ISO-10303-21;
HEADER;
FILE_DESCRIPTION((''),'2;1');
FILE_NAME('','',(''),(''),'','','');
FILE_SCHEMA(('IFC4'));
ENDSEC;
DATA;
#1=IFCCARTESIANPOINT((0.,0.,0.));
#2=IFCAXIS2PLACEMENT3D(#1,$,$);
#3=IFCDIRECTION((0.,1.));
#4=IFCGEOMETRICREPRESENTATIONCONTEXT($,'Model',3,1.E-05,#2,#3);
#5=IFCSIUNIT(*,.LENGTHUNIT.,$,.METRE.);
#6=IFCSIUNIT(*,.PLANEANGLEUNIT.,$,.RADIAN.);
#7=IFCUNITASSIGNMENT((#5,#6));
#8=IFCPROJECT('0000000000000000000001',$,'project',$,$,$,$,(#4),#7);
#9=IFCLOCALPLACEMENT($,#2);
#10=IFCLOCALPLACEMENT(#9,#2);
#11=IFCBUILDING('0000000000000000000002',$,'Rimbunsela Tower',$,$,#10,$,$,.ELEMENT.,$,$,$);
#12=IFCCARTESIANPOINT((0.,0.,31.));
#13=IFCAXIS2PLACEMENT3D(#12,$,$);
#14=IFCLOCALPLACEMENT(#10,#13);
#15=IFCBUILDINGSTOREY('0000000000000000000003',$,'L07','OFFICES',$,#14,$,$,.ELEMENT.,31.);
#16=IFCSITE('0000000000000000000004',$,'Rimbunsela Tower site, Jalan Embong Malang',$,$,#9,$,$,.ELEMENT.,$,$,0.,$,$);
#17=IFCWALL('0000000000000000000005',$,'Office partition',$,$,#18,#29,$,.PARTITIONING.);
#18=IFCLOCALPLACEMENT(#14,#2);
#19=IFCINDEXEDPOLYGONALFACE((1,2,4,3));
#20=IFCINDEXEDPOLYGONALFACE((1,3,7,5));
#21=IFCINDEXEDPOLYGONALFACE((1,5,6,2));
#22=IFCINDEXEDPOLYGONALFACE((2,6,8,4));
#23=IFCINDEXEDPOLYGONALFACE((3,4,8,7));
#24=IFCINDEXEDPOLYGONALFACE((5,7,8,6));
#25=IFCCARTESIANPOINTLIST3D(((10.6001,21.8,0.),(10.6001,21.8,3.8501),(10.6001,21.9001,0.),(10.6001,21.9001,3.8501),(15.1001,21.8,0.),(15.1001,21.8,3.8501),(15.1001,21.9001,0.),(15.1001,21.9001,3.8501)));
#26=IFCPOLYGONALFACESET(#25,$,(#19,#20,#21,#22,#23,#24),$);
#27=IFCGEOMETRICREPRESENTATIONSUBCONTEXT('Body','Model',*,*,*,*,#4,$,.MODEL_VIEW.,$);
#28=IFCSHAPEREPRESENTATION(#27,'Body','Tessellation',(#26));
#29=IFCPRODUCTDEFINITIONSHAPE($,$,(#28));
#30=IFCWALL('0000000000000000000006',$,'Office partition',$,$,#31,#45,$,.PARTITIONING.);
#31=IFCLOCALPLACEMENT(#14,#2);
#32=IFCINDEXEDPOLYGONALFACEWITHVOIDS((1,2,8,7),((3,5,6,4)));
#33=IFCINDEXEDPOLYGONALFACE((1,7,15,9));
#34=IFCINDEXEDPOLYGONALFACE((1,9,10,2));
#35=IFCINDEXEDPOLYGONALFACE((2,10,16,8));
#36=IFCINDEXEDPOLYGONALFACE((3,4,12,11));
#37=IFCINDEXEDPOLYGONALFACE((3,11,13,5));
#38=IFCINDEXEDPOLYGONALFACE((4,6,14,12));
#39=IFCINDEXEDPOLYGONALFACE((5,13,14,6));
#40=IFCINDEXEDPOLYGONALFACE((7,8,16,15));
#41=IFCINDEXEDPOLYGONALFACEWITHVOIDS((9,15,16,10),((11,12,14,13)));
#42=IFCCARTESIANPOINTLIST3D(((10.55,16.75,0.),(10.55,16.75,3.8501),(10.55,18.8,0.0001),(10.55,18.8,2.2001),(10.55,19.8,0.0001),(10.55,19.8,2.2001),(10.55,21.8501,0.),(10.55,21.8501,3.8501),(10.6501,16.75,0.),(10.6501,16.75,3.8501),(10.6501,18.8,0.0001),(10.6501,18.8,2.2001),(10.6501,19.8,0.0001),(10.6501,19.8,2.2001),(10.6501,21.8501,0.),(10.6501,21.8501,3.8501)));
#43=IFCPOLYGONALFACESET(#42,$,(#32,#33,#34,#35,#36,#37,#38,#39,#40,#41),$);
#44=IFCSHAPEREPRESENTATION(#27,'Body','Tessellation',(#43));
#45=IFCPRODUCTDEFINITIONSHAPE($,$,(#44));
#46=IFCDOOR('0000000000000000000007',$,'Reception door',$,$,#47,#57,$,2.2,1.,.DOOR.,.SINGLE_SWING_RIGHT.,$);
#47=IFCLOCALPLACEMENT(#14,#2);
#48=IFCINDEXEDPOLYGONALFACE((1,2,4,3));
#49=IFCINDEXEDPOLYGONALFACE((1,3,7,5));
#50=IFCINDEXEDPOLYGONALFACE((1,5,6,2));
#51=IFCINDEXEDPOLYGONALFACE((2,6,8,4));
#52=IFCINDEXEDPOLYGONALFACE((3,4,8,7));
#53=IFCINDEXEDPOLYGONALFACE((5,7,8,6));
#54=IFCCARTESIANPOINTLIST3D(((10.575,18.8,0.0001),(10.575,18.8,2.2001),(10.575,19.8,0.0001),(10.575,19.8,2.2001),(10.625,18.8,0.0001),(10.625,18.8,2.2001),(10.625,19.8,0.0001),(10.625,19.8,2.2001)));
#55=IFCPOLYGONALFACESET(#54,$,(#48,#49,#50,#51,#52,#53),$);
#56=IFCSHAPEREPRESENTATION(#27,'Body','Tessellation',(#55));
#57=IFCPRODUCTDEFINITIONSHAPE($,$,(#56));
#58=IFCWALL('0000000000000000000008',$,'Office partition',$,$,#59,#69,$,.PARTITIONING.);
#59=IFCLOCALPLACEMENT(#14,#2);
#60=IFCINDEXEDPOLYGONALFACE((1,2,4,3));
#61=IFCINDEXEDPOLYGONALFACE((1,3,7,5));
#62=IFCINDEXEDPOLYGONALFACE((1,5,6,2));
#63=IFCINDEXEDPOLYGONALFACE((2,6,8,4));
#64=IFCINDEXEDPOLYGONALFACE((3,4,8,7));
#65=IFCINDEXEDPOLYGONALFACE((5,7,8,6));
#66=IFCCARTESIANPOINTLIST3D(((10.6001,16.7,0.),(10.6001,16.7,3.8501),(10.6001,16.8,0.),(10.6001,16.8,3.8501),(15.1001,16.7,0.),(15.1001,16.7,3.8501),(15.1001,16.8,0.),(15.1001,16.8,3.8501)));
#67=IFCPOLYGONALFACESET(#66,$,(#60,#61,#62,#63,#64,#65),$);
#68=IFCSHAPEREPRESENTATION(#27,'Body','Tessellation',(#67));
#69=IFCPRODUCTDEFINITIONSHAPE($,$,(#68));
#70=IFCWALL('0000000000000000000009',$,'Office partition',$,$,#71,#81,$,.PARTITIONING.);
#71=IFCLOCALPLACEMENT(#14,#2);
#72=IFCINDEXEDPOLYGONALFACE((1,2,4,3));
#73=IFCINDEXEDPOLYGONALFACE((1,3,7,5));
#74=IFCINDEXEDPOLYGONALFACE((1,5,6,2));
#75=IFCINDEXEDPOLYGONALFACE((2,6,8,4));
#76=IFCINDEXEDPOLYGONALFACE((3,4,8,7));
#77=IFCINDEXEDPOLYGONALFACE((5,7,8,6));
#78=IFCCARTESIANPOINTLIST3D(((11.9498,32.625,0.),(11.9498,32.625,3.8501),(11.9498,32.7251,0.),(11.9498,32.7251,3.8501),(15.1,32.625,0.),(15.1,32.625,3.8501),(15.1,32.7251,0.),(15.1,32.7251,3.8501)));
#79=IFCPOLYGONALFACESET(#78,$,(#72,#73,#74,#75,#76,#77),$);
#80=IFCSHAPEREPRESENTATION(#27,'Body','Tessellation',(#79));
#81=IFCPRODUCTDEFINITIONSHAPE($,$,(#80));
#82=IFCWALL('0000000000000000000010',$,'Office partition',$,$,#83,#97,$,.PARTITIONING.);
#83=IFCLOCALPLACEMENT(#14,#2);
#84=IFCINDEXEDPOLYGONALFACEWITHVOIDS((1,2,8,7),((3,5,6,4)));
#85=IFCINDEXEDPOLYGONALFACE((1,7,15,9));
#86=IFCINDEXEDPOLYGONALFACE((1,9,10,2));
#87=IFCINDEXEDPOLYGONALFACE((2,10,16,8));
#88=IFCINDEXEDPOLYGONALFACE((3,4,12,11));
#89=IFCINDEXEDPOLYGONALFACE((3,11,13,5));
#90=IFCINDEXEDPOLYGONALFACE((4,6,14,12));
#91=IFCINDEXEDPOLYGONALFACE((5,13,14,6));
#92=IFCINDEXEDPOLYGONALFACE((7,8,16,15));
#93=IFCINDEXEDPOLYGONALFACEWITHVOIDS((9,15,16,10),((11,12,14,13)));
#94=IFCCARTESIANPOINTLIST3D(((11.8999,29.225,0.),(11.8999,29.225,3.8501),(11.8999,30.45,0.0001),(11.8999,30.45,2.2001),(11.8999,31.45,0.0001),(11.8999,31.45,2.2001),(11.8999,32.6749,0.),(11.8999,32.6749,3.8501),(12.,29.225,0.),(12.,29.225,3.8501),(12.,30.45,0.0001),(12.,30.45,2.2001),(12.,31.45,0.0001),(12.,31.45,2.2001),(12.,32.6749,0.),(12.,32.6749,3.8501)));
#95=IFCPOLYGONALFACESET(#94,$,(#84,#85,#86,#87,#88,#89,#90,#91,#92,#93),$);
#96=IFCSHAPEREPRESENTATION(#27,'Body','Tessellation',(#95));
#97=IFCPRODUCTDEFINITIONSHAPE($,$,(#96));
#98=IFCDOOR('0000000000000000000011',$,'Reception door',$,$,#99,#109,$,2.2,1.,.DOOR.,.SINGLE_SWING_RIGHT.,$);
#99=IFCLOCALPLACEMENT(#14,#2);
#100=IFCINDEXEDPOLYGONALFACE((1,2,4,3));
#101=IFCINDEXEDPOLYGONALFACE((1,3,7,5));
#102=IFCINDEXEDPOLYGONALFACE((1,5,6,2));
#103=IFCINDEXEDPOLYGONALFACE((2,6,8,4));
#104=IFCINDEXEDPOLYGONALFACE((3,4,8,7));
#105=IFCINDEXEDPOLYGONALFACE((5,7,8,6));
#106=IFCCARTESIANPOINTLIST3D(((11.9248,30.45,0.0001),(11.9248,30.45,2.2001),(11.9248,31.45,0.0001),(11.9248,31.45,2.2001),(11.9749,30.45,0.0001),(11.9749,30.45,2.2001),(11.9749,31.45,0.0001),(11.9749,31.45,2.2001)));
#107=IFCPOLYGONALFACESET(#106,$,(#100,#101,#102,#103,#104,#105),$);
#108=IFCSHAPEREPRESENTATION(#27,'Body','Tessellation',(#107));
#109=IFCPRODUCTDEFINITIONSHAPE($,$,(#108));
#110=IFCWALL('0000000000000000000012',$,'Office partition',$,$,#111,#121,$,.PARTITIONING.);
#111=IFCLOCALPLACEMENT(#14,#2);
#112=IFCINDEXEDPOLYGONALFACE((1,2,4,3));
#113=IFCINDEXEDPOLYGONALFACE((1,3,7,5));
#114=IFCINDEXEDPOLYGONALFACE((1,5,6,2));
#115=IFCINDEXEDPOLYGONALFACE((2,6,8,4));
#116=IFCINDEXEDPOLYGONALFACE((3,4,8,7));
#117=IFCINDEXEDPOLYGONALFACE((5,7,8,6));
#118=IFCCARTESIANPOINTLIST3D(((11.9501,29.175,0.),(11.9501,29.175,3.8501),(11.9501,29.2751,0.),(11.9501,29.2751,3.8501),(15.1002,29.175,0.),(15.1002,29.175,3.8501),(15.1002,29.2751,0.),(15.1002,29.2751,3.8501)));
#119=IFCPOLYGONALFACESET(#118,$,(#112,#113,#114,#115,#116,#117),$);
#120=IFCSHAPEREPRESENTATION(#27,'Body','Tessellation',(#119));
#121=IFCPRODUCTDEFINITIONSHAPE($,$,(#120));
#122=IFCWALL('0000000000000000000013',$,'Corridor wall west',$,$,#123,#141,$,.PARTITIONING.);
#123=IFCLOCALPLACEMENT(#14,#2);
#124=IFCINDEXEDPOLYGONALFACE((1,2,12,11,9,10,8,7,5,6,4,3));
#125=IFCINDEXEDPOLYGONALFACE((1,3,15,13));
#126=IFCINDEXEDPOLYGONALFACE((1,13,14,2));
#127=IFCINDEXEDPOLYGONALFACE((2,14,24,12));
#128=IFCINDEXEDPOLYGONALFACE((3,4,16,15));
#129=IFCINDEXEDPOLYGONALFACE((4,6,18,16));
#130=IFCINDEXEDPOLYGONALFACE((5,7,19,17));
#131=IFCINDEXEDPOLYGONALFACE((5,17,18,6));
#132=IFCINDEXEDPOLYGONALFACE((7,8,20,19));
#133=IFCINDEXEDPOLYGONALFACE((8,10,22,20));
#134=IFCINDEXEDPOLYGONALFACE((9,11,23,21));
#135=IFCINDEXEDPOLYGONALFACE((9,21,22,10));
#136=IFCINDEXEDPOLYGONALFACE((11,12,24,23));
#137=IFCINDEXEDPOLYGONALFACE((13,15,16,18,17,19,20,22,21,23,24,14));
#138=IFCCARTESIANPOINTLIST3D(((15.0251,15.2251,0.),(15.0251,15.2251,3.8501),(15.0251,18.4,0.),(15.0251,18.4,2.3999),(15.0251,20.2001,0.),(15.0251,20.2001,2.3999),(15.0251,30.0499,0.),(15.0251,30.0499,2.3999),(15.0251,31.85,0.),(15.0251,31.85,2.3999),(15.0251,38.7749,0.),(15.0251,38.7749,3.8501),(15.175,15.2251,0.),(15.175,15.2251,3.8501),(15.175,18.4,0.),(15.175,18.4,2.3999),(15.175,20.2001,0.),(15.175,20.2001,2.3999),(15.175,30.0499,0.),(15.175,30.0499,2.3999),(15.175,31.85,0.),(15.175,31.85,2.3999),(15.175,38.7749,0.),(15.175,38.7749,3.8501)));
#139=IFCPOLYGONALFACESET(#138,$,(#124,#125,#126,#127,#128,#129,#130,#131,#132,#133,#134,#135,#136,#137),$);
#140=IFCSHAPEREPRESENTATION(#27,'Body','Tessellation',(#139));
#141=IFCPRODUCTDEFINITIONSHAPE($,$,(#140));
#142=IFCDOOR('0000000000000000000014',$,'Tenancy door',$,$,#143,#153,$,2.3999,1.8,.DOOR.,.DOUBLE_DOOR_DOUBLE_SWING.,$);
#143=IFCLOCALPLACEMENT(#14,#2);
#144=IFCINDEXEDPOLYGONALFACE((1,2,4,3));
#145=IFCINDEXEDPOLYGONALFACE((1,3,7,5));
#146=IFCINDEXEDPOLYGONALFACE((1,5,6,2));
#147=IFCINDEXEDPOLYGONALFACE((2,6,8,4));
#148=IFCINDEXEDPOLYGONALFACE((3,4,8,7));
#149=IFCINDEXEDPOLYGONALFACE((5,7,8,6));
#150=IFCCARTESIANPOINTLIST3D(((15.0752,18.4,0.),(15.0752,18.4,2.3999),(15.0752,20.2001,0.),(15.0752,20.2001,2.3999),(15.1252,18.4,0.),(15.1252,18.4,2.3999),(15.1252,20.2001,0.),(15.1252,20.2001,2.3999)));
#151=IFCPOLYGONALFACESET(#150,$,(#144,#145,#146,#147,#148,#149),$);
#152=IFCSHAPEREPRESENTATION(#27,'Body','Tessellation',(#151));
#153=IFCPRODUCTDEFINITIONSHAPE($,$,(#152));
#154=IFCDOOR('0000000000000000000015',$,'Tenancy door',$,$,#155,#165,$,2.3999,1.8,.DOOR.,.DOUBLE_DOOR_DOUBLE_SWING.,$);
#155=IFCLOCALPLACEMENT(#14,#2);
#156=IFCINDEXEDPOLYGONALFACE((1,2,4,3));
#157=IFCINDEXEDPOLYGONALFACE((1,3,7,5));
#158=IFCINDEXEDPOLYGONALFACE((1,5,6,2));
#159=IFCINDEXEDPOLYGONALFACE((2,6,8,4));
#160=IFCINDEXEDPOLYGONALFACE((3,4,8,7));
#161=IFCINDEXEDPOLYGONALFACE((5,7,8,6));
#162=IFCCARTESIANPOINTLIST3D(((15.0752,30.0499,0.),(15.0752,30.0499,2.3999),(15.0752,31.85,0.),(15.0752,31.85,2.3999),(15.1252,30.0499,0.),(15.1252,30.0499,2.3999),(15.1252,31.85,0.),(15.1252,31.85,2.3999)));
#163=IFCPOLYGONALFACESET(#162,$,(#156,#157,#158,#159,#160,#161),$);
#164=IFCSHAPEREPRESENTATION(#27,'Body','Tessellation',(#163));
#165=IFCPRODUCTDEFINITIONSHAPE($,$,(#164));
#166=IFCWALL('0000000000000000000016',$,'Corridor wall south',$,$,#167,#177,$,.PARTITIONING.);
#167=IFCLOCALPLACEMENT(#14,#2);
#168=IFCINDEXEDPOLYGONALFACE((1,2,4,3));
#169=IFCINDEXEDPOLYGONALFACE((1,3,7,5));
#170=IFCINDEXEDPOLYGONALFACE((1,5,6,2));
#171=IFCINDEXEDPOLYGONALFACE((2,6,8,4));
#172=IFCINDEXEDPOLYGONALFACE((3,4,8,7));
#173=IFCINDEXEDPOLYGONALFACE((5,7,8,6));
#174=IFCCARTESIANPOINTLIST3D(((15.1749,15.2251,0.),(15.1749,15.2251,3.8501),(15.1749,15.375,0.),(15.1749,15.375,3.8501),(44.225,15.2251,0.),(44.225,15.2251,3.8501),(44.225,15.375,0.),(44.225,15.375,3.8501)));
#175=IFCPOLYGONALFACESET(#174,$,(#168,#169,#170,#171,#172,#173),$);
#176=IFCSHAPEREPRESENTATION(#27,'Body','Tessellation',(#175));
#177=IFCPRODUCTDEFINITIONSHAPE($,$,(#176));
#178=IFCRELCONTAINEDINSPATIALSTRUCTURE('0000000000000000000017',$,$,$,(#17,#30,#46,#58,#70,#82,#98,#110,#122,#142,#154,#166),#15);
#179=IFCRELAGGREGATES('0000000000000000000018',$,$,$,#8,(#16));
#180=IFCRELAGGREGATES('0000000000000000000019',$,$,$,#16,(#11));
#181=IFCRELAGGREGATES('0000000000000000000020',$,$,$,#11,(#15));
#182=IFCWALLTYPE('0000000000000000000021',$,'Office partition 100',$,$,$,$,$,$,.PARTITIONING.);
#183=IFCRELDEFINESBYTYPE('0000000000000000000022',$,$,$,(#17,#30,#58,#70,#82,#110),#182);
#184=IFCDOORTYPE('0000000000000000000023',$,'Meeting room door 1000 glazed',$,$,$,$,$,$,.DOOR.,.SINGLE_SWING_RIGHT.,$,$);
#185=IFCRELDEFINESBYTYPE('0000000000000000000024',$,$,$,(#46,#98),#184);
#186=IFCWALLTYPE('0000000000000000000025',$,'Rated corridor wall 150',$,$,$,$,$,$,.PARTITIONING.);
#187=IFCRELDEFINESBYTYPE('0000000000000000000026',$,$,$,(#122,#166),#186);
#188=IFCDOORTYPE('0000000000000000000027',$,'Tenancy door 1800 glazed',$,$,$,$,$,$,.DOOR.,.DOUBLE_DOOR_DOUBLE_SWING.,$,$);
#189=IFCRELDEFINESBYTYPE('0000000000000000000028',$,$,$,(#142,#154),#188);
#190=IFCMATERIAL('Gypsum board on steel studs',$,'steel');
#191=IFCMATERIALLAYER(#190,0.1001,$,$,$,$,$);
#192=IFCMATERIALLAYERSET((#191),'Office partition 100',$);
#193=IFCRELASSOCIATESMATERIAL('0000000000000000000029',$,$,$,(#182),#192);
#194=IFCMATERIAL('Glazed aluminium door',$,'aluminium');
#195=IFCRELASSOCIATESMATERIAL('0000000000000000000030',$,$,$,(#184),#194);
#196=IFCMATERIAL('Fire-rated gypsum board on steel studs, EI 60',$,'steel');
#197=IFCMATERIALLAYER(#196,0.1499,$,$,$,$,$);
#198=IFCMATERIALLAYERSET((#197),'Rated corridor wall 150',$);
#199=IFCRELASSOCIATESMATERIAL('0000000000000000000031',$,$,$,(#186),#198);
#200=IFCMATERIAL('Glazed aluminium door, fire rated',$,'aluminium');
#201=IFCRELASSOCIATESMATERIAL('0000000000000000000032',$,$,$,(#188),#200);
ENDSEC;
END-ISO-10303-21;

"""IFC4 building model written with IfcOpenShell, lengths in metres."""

from ifc_helpers import new_model, si_unit, direction, frame, frame_2d, origin, place, context, subcontext, project, spatial, rectangle, extrude, material, layer, layer_set, type_object, element, fill, save


model = new_model("IFC4")

# Units and contexts
model_context = context("Model", 3, precision=1e-05, world=origin(), true_north=direction((0.0, 1.0)))
body_context = subcontext(model_context, "Body", "Model", "MODEL_VIEW")
ifc_project = project(units=[si_unit("LENGTHUNIT", "METRE"), si_unit("PLANEANGLEUNIT", "RADIAN")], contexts=[model_context])

# Site, building, storey
site_placement = place(None, origin())
site = spatial("IfcSite", under=ifc_project, at=site_placement, Name="Rimbunsela Tower site, Jalan Embong Malang", CompositionType="ELEMENT", RefElevation=0.0)
building_placement = place(site_placement, origin())
building = spatial("IfcBuilding", under=site, at=building_placement, Name="Rimbunsela Tower", CompositionType="ELEMENT")
storey_placement = place(building_placement, frame((0.0, 0.0, 31.0)))
storey = spatial("IfcBuildingStorey", under=building, at=storey_placement, Name="L07", Description="OFFICES", CompositionType="ELEMENT", Elevation=31.0)

# Wall
ifc_material_1 = material(Name="Gypsum board on steel studs", Category="steel")
ifc_layer_1 = layer(ifc_material_1, 0.1001)
ifc_layer_set_1 = layer_set([ifc_layer_1], Name="Office partition 100")
wall_type_1 = type_object("IfcWallType", Name="Office partition 100", PredefinedType="PARTITIONING", material=ifc_layer_set_1)
wall_1_placement = place(storey_placement, frame((15.1001, 21.8501, 0.0), z_axis=(0.0, 0.0, 1.0), x_axis=(-1.0, 0.0, 0.0)))
element("IfcWall", 1, at=wall_1_placement, inside=storey, type_object=wall_type_1, Name="Office partition", PredefinedType="PARTITIONING", context=body_context, shape_type="SweptSolid", body=[
    extrude(rectangle(XDim=4.5, YDim=0.1001, at=frame_2d((2.25, 0.0))), origin(), (0.0, 0.0, 1.0), 3.8501),
])

# Wall, opening, door
wall_2_placement = place(storey_placement, frame((10.6001, 21.8501, 0.0), z_axis=(0.0, 0.0, 1.0), x_axis=(0.0, -1.0, 0.0)))
wall_2 = element("IfcWall", 2, at=wall_2_placement, inside=storey, type_object=wall_type_1, Name="Office partition", PredefinedType="PARTITIONING", context=body_context, shape_type="SweptSolid", body=[
    extrude(rectangle(XDim=5.1001, YDim=0.1001, at=frame_2d((2.55, 0.0))), origin(), (0.0, 0.0, 1.0), 3.8501),
])
opening_1_placement = place(wall_2_placement, frame((2.05, 0.0, 0.0)))
opening_1 = element("IfcOpeningElement", 3, at=opening_1_placement, cuts=wall_2, PredefinedType="OPENING", context=body_context, shape_type="SweptSolid", body=[
    extrude(rectangle(XDim=1.0, YDim=2.2, at=frame_2d((0.5, 1.1001))), frame((0.0, 0.0601, 0.0), z_axis=(0.0, -1.0, 0.0), x_axis=(1.0, 0.0, 0.0)), (0.0, 0.0, 1.0), 0.1201),
])
ifc_material_2 = material(Name="Glazed aluminium door", Category="aluminium")
door_type_1 = type_object("IfcDoorType", Name="Meeting room door 1000 glazed", OperationType="SINGLE_SWING_RIGHT", PredefinedType="DOOR", material=ifc_material_2)
door_1_placement = place(opening_1_placement, origin())
door_1 = element("IfcDoor", 4, at=door_1_placement, inside=storey, type_object=door_type_1, Name="Reception door", OperationType="SINGLE_SWING_RIGHT", OverallHeight=2.2, OverallWidth=1.0, PredefinedType="DOOR", context=body_context, shape_type="SweptSolid", body=[
    extrude(rectangle(XDim=1.0, YDim=2.2, at=frame_2d((0.5, 1.1001))), frame((0.0, 0.0249, 0.0), z_axis=(0.0, -1.0, 0.0), x_axis=(1.0, 0.0, 0.0)), (0.0, 0.0, 1.0), 0.05),
])
fill(opening_1, door_1)

# Walls
wall_3_placement = place(storey_placement, frame((10.6001, 16.75, 0.0), z_axis=(0.0, 0.0, 1.0), x_axis=(1.0, 0.0, 0.0)))
element("IfcWall", 5, at=wall_3_placement, inside=storey, type_object=wall_type_1, Name="Office partition", PredefinedType="PARTITIONING", context=body_context, shape_type="SweptSolid", body=[
    extrude(rectangle(XDim=4.5, YDim=0.1001, at=frame_2d((2.25, 0.0))), origin(), (0.0, 0.0, 1.0), 3.8501),
])
wall_4_placement = place(storey_placement, frame((15.1001, 32.675, 0.0), z_axis=(0.0, 0.0, 1.0), x_axis=(-1.0, 0.0, 0.0)))
element("IfcWall", 6, at=wall_4_placement, inside=storey, type_object=wall_type_1, Name="Office partition", PredefinedType="PARTITIONING", context=body_context, shape_type="SweptSolid", body=[
    extrude(rectangle(XDim=3.1501, YDim=0.1001, at=frame_2d((1.5752, 0.0))), origin(), (0.0, 0.0, 1.0), 3.8501),
])

# Wall, opening, door
wall_5_placement = place(storey_placement, frame((11.95, 32.675, 0.0), z_axis=(0.0, 0.0, 1.0), x_axis=(0.0, -1.0, 0.0)))
wall_5 = element("IfcWall", 7, at=wall_5_placement, inside=storey, type_object=wall_type_1, Name="Office partition", PredefinedType="PARTITIONING", context=body_context, shape_type="SweptSolid", body=[
    extrude(rectangle(XDim=3.45, YDim=0.1001, at=frame_2d((1.7251, 0.0))), origin(), (0.0, 0.0, 1.0), 3.8501),
])
opening_2_placement = place(wall_5_placement, frame((1.2251, 0.0, 0.0)))
opening_2 = element("IfcOpeningElement", 8, at=opening_2_placement, cuts=wall_5, PredefinedType="OPENING", context=body_context, shape_type="SweptSolid", body=[
    extrude(rectangle(XDim=1.0, YDim=2.2, at=frame_2d((0.5, 1.1001))), frame((0.0, 0.0601, 0.0), z_axis=(0.0, -1.0, 0.0), x_axis=(1.0, 0.0, 0.0)), (0.0, 0.0, 1.0), 0.1201),
])
door_2_placement = place(opening_2_placement, origin())
door_2 = element("IfcDoor", 9, at=door_2_placement, inside=storey, type_object=door_type_1, Name="Reception door", OperationType="SINGLE_SWING_RIGHT", OverallHeight=2.2, OverallWidth=1.0, PredefinedType="DOOR", context=body_context, shape_type="SweptSolid", body=[
    extrude(rectangle(XDim=1.0, YDim=2.2, at=frame_2d((0.5, 1.1001))), frame((0.0, 0.0249, 0.0), z_axis=(0.0, -1.0, 0.0), x_axis=(1.0, 0.0, 0.0)), (0.0, 0.0, 1.0), 0.05),
])
fill(opening_2, door_2)

# Wall
wall_6_placement = place(storey_placement, frame((11.95, 29.2251, 0.0), z_axis=(0.0, 0.0, 1.0), x_axis=(1.0, 0.0, 0.0)))
element("IfcWall", 10, at=wall_6_placement, inside=storey, type_object=wall_type_1, Name="Office partition", PredefinedType="PARTITIONING", context=body_context, shape_type="SweptSolid", body=[
    extrude(rectangle(XDim=3.1501, YDim=0.1001, at=frame_2d((1.5752, 0.0))), origin(), (0.0, 0.0, 1.0), 3.8501),
])

# Wall, openings, doors
ifc_material_3 = material(Name="Fire-rated gypsum board on steel studs, EI 60", Category="steel")
ifc_layer_2 = layer(ifc_material_3, 0.1499)
ifc_layer_set_2 = layer_set([ifc_layer_2], Name="Rated corridor wall 150")
wall_type_2 = type_object("IfcWallType", Name="Rated corridor wall 150", PredefinedType="PARTITIONING", material=ifc_layer_set_2)
wall_7_placement = place(storey_placement, frame((15.1001, 15.2251, 0.0), z_axis=(0.0, 0.0, 1.0), x_axis=(0.0, 1.0, 0.0)))
wall_7 = element("IfcWall", 11, at=wall_7_placement, inside=storey, type_object=wall_type_2, Name="Corridor wall west", PredefinedType="PARTITIONING", context=body_context, shape_type="SweptSolid", body=[
    extrude(rectangle(XDim=23.5498, YDim=0.1499, at=frame_2d((11.7749, 0.0))), origin(), (0.0, 0.0, 1.0), 3.8501),
])
opening_3_placement = place(wall_7_placement, frame((3.175, 0.0, 0.0)))
opening_3 = element("IfcOpeningElement", 12, at=opening_3_placement, cuts=wall_7, PredefinedType="OPENING", context=body_context, shape_type="SweptSolid", body=[
    extrude(rectangle(XDim=1.8, YDim=2.3999, at=frame_2d((0.8999, 1.2))), frame((0.0, 0.085, 0.0), z_axis=(0.0, -1.0, 0.0), x_axis=(1.0, 0.0, 0.0)), (0.0, 0.0, 1.0), 0.1699),
])
opening_4_placement = place(wall_7_placement, frame((14.825, 0.0, 0.0)))
opening_4 = element("IfcOpeningElement", 13, at=opening_4_placement, cuts=wall_7, PredefinedType="OPENING", context=body_context, shape_type="SweptSolid", body=[
    extrude(rectangle(XDim=1.8, YDim=2.3999, at=frame_2d((0.8999, 1.2))), frame((0.0, 0.085, 0.0), z_axis=(0.0, -1.0, 0.0), x_axis=(1.0, 0.0, 0.0)), (0.0, 0.0, 1.0), 0.1699),
])
ifc_material_4 = material(Name="Glazed aluminium door, fire rated", Category="aluminium")
door_type_2 = type_object("IfcDoorType", Name="Tenancy door 1800 glazed", OperationType="DOUBLE_DOOR_DOUBLE_SWING", PredefinedType="DOOR", material=ifc_material_4)
door_3_placement = place(opening_3_placement, origin())
door_3 = element("IfcDoor", 14, at=door_3_placement, inside=storey, type_object=door_type_2, Name="Tenancy door", OperationType="DOUBLE_DOOR_DOUBLE_SWING", OverallHeight=2.3999, OverallWidth=1.8, PredefinedType="DOOR", context=body_context, shape_type="SweptSolid", body=[
    extrude(rectangle(XDim=1.8, YDim=2.3999, at=frame_2d((0.8999, 1.2))), frame((0.0, 0.0249, 0.0), z_axis=(0.0, -1.0, 0.0), x_axis=(1.0, 0.0, 0.0)), (0.0, 0.0, 1.0), 0.05),
])
fill(opening_3, door_3)
door_4_placement = place(opening_4_placement, origin())
door_4 = element("IfcDoor", 15, at=door_4_placement, inside=storey, type_object=door_type_2, Name="Tenancy door", OperationType="DOUBLE_DOOR_DOUBLE_SWING", OverallHeight=2.3999, OverallWidth=1.8, PredefinedType="DOOR", context=body_context, shape_type="SweptSolid", body=[
    extrude(rectangle(XDim=1.8, YDim=2.3999, at=frame_2d((0.8999, 1.2))), frame((0.0, 0.0249, 0.0), z_axis=(0.0, -1.0, 0.0), x_axis=(1.0, 0.0, 0.0)), (0.0, 0.0, 1.0), 0.05),
])
fill(opening_4, door_4)

# Wall
wall_8_placement = place(storey_placement, frame((15.175, 15.3, 0.0), z_axis=(0.0, 0.0, 1.0), x_axis=(1.0, 0.0, 0.0)))
element("IfcWall", 16, at=wall_8_placement, inside=storey, type_object=wall_type_2, Name="Corridor wall south", PredefinedType="PARTITIONING", context=body_context, shape_type="SweptSolid", body=[
    extrude(rectangle(XDim=29.05, YDim=0.1499, at=frame_2d((14.5249, 0.0))), origin(), (0.0, 0.0, 1.0), 3.8501),
])

save(model, "model.ifc")
